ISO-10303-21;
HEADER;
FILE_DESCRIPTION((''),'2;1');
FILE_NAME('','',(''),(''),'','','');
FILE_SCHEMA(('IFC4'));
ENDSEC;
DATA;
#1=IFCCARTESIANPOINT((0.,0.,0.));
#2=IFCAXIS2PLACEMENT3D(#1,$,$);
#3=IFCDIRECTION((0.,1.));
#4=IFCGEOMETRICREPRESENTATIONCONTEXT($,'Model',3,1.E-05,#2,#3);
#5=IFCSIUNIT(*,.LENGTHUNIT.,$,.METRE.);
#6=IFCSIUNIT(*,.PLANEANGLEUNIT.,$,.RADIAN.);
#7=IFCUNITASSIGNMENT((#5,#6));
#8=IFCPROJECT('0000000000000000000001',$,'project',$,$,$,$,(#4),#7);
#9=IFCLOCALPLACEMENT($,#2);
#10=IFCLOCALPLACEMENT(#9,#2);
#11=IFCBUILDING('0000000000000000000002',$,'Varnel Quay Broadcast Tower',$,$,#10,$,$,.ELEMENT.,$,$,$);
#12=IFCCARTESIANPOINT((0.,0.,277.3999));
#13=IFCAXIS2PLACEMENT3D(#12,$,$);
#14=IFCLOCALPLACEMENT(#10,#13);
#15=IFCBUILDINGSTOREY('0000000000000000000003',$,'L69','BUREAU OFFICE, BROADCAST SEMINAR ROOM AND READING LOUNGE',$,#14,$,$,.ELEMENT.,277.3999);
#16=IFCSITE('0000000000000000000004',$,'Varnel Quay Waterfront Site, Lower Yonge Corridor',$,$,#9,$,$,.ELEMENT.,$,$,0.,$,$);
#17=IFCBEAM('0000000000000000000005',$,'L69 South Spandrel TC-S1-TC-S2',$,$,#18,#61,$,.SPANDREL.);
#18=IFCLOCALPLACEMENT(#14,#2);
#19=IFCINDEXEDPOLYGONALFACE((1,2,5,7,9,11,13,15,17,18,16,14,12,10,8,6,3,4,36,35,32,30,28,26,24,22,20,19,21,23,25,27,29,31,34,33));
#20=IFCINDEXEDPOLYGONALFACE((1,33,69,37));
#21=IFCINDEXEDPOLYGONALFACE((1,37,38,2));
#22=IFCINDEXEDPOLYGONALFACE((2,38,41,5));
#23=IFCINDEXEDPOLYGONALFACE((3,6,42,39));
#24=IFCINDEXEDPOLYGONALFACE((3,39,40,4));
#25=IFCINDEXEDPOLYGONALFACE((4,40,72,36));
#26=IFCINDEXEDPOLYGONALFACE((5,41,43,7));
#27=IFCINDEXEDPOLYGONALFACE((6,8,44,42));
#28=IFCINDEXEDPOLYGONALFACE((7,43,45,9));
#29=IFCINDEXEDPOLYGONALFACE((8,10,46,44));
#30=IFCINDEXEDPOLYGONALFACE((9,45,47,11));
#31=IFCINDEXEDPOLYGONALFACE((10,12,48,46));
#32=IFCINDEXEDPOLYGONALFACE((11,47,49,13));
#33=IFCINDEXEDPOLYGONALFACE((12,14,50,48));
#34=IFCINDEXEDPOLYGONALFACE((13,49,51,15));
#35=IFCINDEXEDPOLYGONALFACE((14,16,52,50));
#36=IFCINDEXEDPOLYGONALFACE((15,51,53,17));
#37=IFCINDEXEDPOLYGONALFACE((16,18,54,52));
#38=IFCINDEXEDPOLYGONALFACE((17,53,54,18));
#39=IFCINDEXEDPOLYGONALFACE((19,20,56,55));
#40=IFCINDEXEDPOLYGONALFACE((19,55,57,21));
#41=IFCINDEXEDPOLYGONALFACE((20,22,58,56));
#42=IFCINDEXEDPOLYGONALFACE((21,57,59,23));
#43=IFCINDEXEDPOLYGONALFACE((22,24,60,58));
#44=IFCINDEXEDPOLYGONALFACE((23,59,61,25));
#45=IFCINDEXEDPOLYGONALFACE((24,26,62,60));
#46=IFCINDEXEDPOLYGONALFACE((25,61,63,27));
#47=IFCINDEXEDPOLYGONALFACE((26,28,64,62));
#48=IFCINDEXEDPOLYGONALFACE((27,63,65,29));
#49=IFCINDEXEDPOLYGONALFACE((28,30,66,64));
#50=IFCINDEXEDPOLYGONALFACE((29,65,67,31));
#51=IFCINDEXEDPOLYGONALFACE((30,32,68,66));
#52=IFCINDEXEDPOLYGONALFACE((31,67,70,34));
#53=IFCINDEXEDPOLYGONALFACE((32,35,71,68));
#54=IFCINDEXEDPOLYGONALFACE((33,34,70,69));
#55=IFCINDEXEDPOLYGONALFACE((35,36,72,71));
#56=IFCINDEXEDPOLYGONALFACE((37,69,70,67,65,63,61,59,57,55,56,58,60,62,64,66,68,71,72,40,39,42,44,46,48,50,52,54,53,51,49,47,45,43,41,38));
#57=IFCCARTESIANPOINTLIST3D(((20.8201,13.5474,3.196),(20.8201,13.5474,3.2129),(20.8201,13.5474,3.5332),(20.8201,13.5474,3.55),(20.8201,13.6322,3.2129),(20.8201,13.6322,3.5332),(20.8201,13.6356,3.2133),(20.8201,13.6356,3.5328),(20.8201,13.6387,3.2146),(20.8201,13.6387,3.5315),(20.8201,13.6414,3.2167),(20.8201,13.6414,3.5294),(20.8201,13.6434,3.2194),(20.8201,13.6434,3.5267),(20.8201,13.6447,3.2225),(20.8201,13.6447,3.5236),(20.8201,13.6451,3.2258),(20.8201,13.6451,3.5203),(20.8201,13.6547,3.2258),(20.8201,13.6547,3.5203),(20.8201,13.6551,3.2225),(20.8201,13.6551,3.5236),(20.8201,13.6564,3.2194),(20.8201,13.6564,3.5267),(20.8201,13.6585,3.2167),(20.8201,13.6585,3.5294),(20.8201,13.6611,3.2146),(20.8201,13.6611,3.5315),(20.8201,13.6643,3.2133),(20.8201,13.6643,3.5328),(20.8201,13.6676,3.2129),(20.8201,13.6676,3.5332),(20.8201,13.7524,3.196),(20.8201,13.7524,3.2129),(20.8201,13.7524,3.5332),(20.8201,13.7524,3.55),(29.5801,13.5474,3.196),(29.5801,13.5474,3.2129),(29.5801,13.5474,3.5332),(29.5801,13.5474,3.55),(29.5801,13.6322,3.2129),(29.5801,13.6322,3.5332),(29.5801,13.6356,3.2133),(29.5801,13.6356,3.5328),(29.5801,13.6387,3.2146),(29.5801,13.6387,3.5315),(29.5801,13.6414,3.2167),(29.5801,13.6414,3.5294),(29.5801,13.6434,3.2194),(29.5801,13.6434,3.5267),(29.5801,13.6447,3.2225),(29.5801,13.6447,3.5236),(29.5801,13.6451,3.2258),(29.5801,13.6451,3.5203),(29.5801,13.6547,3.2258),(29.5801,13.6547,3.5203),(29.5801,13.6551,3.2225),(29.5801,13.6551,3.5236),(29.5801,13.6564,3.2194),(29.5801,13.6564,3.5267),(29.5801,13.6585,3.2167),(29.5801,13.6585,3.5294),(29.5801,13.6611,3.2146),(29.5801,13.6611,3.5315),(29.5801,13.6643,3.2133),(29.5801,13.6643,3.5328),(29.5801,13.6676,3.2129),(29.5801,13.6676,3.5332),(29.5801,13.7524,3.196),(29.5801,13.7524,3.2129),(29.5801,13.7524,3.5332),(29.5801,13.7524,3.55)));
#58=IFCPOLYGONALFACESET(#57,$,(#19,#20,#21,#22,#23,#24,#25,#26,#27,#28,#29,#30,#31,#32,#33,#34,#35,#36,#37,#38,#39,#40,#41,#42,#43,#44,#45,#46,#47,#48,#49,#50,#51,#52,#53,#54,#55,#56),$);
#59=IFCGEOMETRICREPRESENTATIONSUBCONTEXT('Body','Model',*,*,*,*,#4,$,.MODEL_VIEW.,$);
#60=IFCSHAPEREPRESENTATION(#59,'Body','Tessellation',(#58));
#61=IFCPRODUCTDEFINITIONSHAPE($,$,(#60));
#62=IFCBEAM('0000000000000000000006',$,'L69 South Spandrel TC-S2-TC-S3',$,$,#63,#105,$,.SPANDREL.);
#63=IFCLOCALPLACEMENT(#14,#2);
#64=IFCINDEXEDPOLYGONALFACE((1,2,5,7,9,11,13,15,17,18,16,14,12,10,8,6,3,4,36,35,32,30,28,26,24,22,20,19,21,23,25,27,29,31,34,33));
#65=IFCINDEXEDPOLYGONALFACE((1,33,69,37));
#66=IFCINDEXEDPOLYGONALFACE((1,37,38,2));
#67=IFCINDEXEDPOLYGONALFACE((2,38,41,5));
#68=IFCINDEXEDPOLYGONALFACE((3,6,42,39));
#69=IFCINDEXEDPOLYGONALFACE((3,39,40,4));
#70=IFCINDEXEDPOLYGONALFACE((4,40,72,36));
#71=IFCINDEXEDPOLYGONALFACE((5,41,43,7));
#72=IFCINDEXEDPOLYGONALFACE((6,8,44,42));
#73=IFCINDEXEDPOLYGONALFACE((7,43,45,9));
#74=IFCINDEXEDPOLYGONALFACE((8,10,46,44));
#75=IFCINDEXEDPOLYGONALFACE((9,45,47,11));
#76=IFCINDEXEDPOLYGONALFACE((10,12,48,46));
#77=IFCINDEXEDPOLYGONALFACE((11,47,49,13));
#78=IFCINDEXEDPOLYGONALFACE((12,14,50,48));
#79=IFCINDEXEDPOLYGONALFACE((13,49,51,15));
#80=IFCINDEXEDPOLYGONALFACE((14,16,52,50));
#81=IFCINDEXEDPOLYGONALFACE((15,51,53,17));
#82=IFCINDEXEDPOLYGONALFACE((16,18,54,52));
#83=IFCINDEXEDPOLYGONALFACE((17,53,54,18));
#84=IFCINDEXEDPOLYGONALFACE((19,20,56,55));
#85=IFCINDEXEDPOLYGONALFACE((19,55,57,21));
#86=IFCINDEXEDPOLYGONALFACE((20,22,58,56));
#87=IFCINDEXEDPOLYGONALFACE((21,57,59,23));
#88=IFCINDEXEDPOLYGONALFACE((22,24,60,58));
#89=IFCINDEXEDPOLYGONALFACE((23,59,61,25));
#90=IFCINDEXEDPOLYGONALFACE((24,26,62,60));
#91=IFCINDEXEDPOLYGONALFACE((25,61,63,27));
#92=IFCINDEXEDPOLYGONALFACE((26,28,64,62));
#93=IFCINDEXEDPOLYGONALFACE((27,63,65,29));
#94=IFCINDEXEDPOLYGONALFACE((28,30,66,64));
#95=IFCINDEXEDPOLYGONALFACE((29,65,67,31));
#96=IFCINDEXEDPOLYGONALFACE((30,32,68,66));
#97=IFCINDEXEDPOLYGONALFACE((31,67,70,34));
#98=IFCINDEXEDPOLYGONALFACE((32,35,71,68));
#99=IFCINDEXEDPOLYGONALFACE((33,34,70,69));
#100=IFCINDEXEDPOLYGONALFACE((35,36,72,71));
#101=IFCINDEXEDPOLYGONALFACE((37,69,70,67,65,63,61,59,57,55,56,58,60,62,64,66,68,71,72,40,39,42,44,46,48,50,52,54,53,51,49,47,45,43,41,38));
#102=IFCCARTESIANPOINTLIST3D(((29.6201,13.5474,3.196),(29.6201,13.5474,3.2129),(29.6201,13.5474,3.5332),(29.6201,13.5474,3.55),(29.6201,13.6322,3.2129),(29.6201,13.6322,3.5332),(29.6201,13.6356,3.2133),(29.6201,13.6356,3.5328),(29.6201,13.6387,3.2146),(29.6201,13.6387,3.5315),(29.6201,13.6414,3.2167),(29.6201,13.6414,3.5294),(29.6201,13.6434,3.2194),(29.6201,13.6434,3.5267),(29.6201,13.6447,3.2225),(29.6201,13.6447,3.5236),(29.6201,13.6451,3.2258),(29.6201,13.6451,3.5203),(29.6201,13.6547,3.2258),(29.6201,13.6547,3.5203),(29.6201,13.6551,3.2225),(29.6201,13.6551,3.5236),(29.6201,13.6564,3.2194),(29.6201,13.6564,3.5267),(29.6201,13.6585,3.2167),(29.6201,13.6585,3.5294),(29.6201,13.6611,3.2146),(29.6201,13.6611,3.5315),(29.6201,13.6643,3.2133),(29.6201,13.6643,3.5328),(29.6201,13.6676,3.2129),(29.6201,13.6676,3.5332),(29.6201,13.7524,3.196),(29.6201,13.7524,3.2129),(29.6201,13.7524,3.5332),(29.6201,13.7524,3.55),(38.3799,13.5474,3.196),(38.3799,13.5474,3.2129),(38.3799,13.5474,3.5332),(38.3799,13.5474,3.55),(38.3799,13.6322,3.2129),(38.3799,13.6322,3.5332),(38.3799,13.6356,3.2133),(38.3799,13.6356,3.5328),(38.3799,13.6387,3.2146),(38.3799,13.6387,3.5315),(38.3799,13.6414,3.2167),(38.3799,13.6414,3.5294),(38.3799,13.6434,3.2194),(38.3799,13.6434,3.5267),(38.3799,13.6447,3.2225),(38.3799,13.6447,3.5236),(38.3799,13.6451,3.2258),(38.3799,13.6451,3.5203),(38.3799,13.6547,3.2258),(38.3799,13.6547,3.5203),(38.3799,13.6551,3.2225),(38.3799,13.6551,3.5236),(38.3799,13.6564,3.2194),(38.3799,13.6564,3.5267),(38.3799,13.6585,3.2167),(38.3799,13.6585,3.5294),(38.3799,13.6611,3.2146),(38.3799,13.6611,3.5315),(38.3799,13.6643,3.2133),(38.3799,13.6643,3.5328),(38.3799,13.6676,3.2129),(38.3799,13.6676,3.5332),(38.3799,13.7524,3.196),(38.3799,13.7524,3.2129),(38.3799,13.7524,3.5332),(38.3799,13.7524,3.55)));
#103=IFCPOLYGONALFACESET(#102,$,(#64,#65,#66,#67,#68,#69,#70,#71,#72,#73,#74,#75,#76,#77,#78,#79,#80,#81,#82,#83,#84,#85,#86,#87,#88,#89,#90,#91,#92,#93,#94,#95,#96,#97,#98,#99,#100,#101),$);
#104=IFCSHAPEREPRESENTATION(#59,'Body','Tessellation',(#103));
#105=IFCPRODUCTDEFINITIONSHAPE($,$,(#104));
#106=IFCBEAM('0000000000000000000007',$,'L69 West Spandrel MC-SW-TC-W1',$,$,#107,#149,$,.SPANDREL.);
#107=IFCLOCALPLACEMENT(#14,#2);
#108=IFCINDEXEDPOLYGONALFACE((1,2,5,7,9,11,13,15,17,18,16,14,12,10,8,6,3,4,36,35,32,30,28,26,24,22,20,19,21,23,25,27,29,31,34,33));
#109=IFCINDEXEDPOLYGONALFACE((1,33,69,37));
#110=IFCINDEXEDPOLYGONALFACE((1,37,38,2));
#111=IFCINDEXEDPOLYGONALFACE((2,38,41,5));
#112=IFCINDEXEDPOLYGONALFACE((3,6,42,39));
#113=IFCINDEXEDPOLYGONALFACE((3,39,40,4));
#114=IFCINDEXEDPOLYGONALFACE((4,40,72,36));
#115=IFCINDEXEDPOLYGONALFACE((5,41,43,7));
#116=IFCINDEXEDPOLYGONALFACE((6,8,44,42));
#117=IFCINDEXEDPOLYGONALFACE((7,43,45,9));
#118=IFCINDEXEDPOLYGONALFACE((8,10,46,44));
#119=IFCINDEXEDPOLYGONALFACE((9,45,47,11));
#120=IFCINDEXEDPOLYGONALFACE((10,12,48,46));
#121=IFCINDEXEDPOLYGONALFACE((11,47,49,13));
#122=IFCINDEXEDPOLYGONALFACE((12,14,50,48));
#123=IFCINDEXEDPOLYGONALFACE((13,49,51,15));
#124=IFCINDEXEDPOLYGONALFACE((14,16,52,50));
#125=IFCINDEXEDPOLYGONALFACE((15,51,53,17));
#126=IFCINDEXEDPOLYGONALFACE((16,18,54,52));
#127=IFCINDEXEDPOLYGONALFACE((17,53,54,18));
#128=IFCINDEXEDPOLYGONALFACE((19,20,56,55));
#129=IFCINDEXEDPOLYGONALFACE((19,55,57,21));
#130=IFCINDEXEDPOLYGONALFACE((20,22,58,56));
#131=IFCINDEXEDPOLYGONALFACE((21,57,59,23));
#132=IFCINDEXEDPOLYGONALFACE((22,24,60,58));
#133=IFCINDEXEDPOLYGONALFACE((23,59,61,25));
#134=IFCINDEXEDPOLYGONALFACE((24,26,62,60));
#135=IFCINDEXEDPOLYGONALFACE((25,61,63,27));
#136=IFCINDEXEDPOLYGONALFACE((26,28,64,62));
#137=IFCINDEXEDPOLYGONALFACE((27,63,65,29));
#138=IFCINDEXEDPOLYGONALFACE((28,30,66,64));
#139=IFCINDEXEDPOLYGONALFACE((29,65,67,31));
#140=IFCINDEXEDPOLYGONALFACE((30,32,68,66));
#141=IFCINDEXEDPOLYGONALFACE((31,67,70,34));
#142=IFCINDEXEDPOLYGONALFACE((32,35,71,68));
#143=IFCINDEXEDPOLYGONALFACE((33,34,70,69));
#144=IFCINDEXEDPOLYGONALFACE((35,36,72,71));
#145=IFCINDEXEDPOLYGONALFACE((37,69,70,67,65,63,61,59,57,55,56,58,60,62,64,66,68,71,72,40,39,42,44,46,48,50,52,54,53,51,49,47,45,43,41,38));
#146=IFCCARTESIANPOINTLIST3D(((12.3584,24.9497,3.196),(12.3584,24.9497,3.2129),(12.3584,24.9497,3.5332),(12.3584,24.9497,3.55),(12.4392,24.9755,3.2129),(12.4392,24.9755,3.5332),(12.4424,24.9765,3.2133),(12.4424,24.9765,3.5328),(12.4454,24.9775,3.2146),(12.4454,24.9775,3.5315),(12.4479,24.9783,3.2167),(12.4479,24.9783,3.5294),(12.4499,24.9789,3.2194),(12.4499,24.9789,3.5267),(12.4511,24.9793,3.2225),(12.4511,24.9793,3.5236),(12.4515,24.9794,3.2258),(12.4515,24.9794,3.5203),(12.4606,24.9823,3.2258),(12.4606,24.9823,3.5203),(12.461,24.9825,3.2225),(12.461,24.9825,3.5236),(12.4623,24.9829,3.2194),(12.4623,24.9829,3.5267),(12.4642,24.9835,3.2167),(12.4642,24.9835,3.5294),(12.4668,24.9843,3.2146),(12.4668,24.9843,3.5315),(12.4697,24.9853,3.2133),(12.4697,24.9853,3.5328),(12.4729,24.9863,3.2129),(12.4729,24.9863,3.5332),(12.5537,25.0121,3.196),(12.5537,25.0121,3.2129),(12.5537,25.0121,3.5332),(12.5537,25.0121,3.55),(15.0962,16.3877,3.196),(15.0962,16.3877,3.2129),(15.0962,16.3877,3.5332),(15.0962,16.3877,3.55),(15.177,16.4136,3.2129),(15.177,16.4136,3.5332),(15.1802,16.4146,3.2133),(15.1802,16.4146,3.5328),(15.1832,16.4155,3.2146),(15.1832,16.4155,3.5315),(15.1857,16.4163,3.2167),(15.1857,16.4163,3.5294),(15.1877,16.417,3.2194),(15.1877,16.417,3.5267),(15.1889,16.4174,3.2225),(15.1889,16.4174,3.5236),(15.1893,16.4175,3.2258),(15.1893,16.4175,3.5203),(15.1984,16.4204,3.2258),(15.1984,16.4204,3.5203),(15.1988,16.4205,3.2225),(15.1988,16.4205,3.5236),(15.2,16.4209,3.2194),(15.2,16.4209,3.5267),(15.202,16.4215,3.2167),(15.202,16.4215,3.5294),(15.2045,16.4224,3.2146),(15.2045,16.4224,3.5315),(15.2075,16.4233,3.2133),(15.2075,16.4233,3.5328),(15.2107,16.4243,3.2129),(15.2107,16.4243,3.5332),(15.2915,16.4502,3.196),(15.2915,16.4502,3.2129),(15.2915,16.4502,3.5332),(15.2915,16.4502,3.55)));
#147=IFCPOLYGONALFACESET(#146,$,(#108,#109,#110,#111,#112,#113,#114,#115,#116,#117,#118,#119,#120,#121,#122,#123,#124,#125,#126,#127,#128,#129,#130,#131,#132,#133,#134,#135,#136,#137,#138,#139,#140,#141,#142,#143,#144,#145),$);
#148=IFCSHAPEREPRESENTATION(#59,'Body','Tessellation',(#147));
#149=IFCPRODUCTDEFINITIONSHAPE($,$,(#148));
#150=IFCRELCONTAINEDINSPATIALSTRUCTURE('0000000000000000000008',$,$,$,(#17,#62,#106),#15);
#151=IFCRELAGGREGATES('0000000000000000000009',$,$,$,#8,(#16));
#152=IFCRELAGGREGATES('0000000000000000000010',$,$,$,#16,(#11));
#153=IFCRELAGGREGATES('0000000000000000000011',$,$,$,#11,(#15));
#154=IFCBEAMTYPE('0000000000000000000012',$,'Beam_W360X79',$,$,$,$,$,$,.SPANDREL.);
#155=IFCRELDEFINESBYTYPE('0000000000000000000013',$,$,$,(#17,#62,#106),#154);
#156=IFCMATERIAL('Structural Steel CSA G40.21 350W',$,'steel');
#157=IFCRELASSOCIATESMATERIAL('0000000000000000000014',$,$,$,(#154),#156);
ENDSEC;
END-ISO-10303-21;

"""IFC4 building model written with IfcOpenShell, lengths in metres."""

from ifc_helpers import new_model, si_unit, direction, frame, origin, origin_2d, place, context, subcontext, project, spatial, i_section, extrude, source, transform, mapped, material, material_profile, profile_set, type_object, element, save


model = new_model("IFC4")

# Units and contexts
model_context = context("Model", 3, precision=1e-05, world=origin(), true_north=direction((0.0, 1.0)))
body_context = subcontext(model_context, "Body", "Model", "MODEL_VIEW")
ifc_project = project(units=[si_unit("LENGTHUNIT", "METRE"), si_unit("PLANEANGLEUNIT", "RADIAN")], contexts=[model_context])

# Site, building, storey
site_placement = place(None, origin())
site = spatial("IfcSite", under=ifc_project, at=site_placement, Name="Varnel Quay Waterfront Site, Lower Yonge Corridor", CompositionType="ELEMENT", RefElevation=0.0)
building_placement = place(site_placement, origin())
building = spatial("IfcBuilding", under=site, at=building_placement, Name="Varnel Quay Broadcast Tower", CompositionType="ELEMENT")
storey_placement = place(building_placement, frame((0.0, 0.0, 277.3999)))
storey = spatial("IfcBuildingStorey", under=building, at=storey_placement, Name="L69", Description="BUREAU OFFICE, BROADCAST SEMINAR ROOM AND READING LOUNGE", CompositionType="ELEMENT", Elevation=277.3999)

# Shared definitions
ifc_material_1 = material(Name="Structural Steel CSA G40.21 350W", Category="steel")

# Beams
ifc_material_profile_1 = material_profile(ifc_material_1, i_section(OverallWidth=0.2051, OverallDepth=0.354, WebThickness=0.0095, FlangeThickness=0.0168, FilletRadius=0.0129, at=origin_2d()), Name="W360X79")
ifc_profile_set_1 = profile_set([ifc_material_profile_1], Name="Structural Steel CSA G40.21 350W")
beam_type_1 = type_object("IfcBeamType", Name="Beam_W360X79", PredefinedType="SPANDREL", material=ifc_profile_set_1)
shared_shape_1 = source(origin(), body_context, "Body", "SweptSolid", [
    extrude(i_section(OverallWidth=0.2051, OverallDepth=0.354, WebThickness=0.0095, FlangeThickness=0.0168, FilletRadius=0.0129, at=origin_2d()), origin(), (0.0, 0.0, 1.0), 8.76),
])
beam_1_placement = place(storey_placement, frame((20.8201, 13.6499, 3.373), z_axis=(1.0, 0.0, 0.0), x_axis=(0.0, 1.0, 0.0)))
element("IfcBeam", 1, at=beam_1_placement, inside=storey, type_object=beam_type_1, Name="L69 South Spandrel TC-S1-TC-S2", PredefinedType="SPANDREL", context=body_context, shape_type="MappedRepresentation", body=[
    mapped(shared_shape_1, transform((0.0, 0.0, 0.0), x_axis=(1.0, 0.0, 0.0), y_axis=(0.0, 1.0, 0.0), z_axis=(0.0, 0.0, 1.0), scale=1.0)),
])
shared_shape_2 = source(origin(), body_context, "Body", "SweptSolid", [
    extrude(i_section(OverallWidth=0.2051, OverallDepth=0.354, WebThickness=0.0095, FlangeThickness=0.0168, FilletRadius=0.0129, at=origin_2d()), origin(), (0.0, 0.0, 1.0), 8.7598),
])
beam_2_placement = place(storey_placement, frame((29.6201, 13.6499, 3.373), z_axis=(1.0, 0.0, 0.0), x_axis=(0.0, 1.0, 0.0)))
element("IfcBeam", 2, at=beam_2_placement, inside=storey, type_object=beam_type_1, Name="L69 South Spandrel TC-S2-TC-S3", PredefinedType="SPANDREL", context=body_context, shape_type="MappedRepresentation", body=[
    mapped(shared_shape_2, transform((0.0, 0.0, 0.0), x_axis=(1.0, 0.0, 0.0), y_axis=(0.0, 1.0, 0.0), z_axis=(0.0, 0.0, 1.0), scale=1.0)),
])
shared_shape_3 = source(origin(), body_context, "Body", "SweptSolid", [
    extrude(i_section(OverallWidth=0.2051, OverallDepth=0.354, WebThickness=0.0095, FlangeThickness=0.0168, FilletRadius=0.0129, at=origin_2d()), origin(), (0.0, 0.0, 1.0), 8.989),
])
beam_3_placement = place(storey_placement, frame((15.1938, 16.4189, 3.373), z_axis=(-0.304569, 0.95249, 0.0), x_axis=(-0.95249, -0.304569, 0.0)))
element("IfcBeam", 3, at=beam_3_placement, inside=storey, type_object=beam_type_1, Name="L69 West Spandrel MC-SW-TC-W1", PredefinedType="SPANDREL", context=body_context, shape_type="MappedRepresentation", body=[
    mapped(shared_shape_3, transform((0.0, 0.0, 0.0), x_axis=(1.0, 0.0, 0.0), y_axis=(0.0, 1.0, 0.0), z_axis=(0.0, 0.0, 1.0), scale=1.0)),
])

save(model, "model.ifc")
